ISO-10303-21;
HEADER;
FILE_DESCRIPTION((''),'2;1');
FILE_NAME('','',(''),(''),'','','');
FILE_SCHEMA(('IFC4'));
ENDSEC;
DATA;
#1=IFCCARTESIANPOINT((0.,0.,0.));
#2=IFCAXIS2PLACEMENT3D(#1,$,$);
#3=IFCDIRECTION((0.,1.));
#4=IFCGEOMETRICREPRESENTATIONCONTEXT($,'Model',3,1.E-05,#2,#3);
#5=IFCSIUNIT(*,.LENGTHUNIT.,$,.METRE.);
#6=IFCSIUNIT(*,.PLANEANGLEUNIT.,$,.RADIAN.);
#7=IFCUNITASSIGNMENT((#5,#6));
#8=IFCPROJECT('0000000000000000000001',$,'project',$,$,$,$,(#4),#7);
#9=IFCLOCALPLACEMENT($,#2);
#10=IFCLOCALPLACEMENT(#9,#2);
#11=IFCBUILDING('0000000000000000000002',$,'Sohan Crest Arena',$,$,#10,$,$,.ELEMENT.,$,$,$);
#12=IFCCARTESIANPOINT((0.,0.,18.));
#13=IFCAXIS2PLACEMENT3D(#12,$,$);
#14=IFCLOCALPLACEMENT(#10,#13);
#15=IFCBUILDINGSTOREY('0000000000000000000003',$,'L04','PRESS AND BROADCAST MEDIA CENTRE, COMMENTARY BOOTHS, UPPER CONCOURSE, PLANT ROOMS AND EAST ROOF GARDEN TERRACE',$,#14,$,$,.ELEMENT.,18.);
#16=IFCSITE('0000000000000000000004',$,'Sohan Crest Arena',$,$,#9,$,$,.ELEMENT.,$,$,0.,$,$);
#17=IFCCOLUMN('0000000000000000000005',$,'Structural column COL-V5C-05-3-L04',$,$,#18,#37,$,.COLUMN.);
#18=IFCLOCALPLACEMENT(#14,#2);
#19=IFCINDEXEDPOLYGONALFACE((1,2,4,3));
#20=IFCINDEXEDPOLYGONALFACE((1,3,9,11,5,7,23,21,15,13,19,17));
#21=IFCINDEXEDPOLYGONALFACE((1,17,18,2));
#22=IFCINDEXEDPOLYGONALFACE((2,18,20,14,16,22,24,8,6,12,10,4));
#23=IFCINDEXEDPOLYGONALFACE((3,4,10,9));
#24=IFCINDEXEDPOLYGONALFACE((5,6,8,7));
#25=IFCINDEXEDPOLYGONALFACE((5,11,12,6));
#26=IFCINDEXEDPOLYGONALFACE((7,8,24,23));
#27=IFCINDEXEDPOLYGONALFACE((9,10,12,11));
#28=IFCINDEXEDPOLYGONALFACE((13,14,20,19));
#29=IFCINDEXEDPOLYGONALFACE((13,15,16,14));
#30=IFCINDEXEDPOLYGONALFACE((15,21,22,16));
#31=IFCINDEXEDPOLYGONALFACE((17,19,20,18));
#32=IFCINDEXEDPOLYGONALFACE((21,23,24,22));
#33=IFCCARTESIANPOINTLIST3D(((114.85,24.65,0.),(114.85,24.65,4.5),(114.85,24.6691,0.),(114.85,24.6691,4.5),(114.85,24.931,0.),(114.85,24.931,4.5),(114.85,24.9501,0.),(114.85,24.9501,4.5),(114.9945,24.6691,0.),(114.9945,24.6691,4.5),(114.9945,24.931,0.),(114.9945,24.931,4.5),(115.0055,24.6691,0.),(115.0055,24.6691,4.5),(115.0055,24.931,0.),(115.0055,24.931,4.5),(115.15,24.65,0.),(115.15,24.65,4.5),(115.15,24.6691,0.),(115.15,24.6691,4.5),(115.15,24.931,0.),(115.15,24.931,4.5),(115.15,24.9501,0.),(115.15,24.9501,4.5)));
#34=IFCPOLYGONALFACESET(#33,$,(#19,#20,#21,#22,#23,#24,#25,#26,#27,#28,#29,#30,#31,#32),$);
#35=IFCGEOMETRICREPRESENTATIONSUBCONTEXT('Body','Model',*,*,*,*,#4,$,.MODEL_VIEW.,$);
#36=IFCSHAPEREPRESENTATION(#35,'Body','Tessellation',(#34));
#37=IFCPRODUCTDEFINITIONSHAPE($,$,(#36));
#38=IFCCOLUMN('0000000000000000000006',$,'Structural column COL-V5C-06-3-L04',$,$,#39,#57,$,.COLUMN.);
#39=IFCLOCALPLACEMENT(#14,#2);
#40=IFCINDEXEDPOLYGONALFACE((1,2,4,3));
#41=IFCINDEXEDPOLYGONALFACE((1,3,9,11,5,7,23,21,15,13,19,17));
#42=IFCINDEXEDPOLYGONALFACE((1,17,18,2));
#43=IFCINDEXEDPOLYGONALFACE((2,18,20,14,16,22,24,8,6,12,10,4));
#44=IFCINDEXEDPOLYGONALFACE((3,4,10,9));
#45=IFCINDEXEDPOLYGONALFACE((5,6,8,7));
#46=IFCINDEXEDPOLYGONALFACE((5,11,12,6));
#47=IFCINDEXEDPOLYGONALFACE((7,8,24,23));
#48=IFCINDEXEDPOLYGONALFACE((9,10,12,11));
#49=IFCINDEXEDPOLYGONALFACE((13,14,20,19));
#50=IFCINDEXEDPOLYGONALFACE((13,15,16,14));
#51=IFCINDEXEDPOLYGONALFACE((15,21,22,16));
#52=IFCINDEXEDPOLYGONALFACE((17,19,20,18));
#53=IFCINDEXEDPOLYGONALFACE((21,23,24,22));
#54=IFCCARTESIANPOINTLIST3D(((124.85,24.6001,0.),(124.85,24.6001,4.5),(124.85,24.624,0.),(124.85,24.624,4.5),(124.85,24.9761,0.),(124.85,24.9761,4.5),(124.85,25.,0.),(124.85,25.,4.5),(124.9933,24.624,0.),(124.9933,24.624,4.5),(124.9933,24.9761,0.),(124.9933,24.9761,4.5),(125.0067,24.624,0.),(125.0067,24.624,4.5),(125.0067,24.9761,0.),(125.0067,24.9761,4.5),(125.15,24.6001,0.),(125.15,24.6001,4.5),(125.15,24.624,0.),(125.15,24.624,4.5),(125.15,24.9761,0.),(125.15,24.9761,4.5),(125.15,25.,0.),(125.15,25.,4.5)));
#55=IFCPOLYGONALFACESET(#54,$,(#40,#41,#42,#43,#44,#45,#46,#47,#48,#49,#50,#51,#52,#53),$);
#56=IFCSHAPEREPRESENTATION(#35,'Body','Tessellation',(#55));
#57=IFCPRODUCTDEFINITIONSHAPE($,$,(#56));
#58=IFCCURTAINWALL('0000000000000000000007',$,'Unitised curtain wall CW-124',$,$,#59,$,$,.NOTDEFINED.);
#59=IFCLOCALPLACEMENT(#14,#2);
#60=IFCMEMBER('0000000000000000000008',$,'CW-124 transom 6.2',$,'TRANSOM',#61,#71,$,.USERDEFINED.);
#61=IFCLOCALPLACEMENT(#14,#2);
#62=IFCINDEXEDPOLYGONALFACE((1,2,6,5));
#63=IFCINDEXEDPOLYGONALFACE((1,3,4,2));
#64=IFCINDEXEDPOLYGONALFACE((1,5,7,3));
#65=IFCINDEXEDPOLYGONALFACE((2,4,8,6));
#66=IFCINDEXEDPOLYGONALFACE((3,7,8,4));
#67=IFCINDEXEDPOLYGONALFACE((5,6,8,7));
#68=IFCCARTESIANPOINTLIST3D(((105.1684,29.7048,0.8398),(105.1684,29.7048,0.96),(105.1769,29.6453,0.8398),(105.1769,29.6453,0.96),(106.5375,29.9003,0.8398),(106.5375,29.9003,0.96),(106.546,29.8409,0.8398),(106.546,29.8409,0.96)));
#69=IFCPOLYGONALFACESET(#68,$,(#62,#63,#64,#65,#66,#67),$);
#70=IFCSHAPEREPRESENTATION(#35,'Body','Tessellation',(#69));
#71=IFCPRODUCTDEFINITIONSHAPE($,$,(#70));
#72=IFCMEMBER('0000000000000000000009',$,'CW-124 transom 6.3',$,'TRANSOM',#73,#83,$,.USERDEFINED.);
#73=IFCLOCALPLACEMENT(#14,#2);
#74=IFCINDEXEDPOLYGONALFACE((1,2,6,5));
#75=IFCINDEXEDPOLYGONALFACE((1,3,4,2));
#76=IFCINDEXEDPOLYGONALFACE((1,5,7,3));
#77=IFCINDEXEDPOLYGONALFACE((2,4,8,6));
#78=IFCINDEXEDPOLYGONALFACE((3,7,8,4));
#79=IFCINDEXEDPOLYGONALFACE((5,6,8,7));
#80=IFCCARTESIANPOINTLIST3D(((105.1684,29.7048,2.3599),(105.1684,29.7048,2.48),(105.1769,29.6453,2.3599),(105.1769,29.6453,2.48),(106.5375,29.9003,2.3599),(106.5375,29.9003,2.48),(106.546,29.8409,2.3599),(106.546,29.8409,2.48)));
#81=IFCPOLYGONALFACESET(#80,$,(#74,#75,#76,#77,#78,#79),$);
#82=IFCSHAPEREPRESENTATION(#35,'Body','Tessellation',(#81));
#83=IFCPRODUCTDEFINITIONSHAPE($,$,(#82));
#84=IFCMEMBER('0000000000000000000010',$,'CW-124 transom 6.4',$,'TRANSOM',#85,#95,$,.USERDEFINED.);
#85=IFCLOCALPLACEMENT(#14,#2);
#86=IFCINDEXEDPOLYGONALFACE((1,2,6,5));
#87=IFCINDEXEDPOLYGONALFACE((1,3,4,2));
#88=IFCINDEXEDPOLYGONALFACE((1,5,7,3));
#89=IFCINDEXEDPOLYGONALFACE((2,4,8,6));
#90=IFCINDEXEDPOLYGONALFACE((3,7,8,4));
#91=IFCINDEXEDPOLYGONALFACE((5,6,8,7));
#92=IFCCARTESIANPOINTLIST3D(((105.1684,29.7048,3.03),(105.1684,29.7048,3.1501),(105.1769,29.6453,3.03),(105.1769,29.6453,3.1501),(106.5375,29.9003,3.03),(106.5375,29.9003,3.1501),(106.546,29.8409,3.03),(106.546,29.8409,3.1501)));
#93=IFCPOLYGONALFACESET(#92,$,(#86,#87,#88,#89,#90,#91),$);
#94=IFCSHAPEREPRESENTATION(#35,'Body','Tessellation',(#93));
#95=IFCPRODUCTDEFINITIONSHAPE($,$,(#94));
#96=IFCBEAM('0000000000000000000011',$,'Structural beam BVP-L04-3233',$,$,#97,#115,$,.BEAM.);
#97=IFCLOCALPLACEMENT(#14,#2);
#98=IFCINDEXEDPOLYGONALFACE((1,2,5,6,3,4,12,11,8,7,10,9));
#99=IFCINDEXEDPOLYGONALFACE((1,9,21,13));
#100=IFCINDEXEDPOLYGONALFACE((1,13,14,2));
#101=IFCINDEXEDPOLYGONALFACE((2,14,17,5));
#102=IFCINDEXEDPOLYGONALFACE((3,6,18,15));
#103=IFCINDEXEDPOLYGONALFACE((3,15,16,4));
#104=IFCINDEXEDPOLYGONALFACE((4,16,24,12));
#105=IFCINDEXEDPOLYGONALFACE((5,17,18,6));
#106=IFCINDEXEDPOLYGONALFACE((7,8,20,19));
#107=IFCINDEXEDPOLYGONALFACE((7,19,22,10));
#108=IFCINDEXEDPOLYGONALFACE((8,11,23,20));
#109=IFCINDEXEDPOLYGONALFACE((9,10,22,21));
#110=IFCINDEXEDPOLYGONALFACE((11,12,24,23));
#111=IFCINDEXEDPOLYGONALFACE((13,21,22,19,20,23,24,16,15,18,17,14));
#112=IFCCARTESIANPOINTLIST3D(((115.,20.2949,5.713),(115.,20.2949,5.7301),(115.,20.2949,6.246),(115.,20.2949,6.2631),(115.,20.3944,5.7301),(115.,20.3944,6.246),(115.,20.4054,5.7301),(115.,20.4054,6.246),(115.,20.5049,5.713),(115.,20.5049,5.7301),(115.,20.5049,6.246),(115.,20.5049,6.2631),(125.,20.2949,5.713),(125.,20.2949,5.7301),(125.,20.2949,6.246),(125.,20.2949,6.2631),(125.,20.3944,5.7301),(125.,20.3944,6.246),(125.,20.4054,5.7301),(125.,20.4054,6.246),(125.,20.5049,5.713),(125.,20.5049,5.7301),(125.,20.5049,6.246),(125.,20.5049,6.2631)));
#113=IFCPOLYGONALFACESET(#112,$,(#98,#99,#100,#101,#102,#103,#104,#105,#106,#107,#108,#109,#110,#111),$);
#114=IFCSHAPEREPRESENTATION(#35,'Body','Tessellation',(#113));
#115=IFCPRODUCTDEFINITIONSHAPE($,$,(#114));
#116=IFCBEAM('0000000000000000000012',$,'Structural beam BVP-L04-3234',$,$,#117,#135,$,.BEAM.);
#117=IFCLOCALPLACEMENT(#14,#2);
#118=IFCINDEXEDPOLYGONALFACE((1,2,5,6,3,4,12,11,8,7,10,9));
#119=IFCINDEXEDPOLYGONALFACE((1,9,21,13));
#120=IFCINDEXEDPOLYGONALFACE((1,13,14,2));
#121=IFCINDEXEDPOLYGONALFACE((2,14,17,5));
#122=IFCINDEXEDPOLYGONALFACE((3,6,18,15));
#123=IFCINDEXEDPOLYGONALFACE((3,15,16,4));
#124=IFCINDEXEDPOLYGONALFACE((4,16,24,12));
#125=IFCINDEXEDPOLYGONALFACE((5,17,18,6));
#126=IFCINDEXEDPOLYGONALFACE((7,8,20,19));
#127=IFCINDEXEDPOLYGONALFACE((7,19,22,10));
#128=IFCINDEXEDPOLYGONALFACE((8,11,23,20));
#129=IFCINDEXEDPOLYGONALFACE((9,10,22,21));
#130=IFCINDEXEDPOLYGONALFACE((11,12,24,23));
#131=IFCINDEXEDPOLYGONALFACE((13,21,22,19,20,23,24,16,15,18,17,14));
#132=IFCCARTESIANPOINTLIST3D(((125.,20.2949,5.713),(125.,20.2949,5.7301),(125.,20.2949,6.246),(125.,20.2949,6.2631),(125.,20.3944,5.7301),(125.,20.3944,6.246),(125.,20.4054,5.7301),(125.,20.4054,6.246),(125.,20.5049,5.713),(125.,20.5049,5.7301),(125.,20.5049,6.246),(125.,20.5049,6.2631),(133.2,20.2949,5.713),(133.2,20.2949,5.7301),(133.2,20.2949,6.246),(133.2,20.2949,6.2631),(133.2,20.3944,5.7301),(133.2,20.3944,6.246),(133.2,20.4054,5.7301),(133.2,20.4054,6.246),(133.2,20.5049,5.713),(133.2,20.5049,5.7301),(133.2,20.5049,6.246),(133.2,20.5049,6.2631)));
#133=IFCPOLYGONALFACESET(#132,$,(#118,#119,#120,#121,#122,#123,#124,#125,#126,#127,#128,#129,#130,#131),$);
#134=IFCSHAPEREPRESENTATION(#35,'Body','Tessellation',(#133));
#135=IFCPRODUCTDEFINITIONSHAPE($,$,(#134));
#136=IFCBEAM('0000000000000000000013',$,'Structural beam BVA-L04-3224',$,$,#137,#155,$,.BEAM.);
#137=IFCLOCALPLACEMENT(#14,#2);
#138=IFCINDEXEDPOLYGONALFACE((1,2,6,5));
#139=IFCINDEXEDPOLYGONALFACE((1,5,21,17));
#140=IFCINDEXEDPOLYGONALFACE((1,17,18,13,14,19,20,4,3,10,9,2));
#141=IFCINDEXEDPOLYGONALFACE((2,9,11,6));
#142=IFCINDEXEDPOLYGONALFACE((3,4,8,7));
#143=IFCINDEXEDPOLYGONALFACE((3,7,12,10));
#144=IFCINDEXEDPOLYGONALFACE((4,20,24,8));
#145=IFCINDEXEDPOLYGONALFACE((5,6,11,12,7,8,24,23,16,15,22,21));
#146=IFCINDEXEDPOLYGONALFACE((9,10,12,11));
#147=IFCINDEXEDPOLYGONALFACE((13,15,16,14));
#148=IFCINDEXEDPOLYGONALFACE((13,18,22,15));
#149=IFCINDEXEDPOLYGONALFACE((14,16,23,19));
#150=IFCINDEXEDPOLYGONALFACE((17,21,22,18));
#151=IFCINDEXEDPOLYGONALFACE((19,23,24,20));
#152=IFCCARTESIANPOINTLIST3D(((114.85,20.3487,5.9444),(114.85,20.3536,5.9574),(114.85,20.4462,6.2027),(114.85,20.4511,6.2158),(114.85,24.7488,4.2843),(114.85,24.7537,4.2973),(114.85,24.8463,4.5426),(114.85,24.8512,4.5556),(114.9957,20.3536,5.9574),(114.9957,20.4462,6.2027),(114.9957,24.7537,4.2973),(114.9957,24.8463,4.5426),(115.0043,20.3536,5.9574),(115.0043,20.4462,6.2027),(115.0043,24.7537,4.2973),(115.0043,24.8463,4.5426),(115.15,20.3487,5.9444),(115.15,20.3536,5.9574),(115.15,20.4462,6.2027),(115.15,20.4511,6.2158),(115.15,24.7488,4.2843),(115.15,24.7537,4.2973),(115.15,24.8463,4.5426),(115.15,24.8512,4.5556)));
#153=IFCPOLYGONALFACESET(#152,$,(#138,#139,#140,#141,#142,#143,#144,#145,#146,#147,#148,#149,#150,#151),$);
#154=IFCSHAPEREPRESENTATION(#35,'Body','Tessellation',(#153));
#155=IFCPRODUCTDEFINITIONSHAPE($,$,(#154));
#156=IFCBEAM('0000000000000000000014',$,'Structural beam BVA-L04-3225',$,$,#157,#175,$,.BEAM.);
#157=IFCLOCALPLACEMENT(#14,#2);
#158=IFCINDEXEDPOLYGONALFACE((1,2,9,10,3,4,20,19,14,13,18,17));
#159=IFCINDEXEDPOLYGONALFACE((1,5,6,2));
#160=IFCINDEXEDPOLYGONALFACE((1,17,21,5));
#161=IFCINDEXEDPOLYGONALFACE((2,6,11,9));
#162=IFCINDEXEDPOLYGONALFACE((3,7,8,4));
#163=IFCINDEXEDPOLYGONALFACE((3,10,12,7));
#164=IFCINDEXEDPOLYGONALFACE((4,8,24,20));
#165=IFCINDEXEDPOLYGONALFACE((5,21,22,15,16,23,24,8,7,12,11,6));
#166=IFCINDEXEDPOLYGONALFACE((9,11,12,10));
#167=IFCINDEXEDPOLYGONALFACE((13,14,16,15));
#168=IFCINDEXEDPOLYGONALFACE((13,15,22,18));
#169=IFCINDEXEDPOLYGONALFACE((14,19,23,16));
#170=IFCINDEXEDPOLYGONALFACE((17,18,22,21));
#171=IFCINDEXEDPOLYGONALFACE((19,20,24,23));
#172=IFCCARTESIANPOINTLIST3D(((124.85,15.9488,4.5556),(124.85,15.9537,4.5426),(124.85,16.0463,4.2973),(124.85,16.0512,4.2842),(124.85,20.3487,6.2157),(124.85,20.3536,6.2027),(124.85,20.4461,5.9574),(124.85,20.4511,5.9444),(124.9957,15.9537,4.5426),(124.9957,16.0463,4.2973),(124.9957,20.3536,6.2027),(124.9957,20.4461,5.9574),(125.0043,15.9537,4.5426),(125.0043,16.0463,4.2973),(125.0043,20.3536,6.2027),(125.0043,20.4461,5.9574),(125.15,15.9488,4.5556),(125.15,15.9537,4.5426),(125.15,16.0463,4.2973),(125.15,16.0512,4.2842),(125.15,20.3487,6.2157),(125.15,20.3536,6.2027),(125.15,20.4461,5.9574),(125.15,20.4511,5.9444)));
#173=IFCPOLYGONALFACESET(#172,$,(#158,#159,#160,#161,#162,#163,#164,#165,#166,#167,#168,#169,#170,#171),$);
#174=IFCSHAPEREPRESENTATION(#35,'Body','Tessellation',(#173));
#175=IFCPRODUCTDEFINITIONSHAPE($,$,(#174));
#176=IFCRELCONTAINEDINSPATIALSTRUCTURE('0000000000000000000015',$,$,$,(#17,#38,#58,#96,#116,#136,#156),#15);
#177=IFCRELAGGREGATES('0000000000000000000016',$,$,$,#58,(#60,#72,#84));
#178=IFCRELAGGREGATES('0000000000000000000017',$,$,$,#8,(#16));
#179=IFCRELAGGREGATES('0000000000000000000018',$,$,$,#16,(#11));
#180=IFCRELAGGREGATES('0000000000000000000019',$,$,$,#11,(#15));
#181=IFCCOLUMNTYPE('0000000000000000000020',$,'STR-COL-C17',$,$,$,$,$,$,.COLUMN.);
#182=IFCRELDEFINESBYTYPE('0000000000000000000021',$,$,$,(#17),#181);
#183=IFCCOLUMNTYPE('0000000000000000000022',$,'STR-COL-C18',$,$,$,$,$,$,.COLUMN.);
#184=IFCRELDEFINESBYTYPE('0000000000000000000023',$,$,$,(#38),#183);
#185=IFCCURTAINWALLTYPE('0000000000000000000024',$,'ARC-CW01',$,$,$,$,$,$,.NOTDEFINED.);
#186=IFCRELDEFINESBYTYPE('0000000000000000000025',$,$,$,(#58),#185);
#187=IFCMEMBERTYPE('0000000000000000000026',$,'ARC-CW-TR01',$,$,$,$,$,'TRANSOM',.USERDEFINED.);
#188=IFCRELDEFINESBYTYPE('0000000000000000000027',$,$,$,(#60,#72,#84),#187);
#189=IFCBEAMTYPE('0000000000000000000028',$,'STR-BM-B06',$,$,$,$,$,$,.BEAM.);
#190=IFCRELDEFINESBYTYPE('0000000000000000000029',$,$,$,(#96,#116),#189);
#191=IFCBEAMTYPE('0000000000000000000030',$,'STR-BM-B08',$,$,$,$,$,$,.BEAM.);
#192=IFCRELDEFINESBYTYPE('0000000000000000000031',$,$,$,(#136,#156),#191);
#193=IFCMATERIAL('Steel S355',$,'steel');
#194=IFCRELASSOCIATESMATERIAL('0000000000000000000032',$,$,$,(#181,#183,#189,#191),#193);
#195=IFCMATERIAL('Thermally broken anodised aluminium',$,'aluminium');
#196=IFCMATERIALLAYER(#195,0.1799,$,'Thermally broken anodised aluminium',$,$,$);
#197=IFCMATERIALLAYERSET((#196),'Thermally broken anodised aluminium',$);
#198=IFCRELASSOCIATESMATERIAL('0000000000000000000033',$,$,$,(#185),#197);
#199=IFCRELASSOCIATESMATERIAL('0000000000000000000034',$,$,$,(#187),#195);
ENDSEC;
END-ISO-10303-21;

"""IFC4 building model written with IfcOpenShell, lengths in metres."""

from ifc_helpers import new_model, si_unit, direction, frame, origin, origin_2d, place, context, subcontext, project, spatial, rectangle, i_section, extrude, material, layer, layer_set, material_profile, profile_set, type_object, element, aggregate, save


model = new_model("IFC4")

# Units and contexts
model_context = context("Model", 3, precision=1e-05, world=origin(), true_north=direction((0.0, 1.0)))
body_context = subcontext(model_context, "Body", "Model", "MODEL_VIEW")
ifc_project = project(units=[si_unit("LENGTHUNIT", "METRE"), si_unit("PLANEANGLEUNIT", "RADIAN")], contexts=[model_context])

# Site, building, storey
site_placement = place(None, origin())
site = spatial("IfcSite", under=ifc_project, at=site_placement, Name="Sohan Crest Arena", CompositionType="ELEMENT", RefElevation=0.0)
building_placement = place(site_placement, origin())
building = spatial("IfcBuilding", under=site, at=building_placement, Name="Sohan Crest Arena", CompositionType="ELEMENT")
storey_placement = place(building_placement, frame((0.0, 0.0, 18.0)))
storey = spatial("IfcBuildingStorey", under=building, at=storey_placement, Name="L04", Description="PRESS AND BROADCAST MEDIA CENTRE, COMMENTARY BOOTHS, UPPER CONCOURSE, PLANT ROOMS AND EAST ROOF GARDEN TERRACE", CompositionType="ELEMENT", Elevation=18.0)

# Columns
ifc_material_1 = material(Name="Steel S355", Category="steel")
ifc_material_profile_1 = material_profile(ifc_material_1, i_section(OverallWidth=0.3, OverallDepth=0.3, WebThickness=0.011, FlangeThickness=0.019, at=origin_2d()), Name="HEB 300")
ifc_profile_set_1 = profile_set([ifc_material_profile_1], Name="Steel S355")
column_type_1 = type_object("IfcColumnType", Name="STR-COL-C17", PredefinedType="COLUMN", material=ifc_profile_set_1)
column_1_placement = place(storey_placement, frame((115.0, 24.8, 0.0), z_axis=(0.0, 0.0, 1.0), x_axis=(1.0, 0.0, 0.0)))
element("IfcColumn", 1, at=column_1_placement, inside=storey, type_object=column_type_1, Name="Structural column COL-V5C-05-3-L04", PredefinedType="COLUMN", context=body_context, shape_type="SweptSolid", body=[
    extrude(i_section(OverallWidth=0.3, OverallDepth=0.3, WebThickness=0.011, FlangeThickness=0.019, at=origin_2d()), origin(), (0.0, 0.0, 1.0), 4.5),
])
ifc_material_profile_2 = material_profile(ifc_material_1, i_section(OverallWidth=0.3, OverallDepth=0.3999, WebThickness=0.0134, FlangeThickness=0.0239, at=origin_2d()), Name="HEB 400")
ifc_profile_set_2 = profile_set([ifc_material_profile_2], Name="Steel S355")
column_type_2 = type_object("IfcColumnType", Name="STR-COL-C18", PredefinedType="COLUMN", material=ifc_profile_set_2)
column_2_placement = place(storey_placement, frame((125.0, 24.8, 0.0), z_axis=(0.0, 0.0, 1.0), x_axis=(1.0, 0.0, 0.0)))
element("IfcColumn", 2, at=column_2_placement, inside=storey, type_object=column_type_2, Name="Structural column COL-V5C-06-3-L04", PredefinedType="COLUMN", context=body_context, shape_type="SweptSolid", body=[
    extrude(i_section(OverallWidth=0.3, OverallDepth=0.3999, WebThickness=0.0134, FlangeThickness=0.0239, at=origin_2d()), origin(), (0.0, 0.0, 1.0), 4.5),
])

# Curtain wall, members
ifc_material_2 = material(Name="Thermally broken anodised aluminium", Category="aluminium")
ifc_layer_1 = layer(ifc_material_2, 0.1799, Name="Thermally broken anodised aluminium")
ifc_layer_set_1 = layer_set([ifc_layer_1], Name="Thermally broken anodised aluminium")
curtain_wall_type = type_object("IfcCurtainWallType", Name="ARC-CW01", PredefinedType="NOTDEFINED", material=ifc_layer_set_1)
curtain_wall_placement = place(storey_placement, origin())
curtain_wall = element("IfcCurtainWall", 3, at=curtain_wall_placement, inside=storey, type_object=curtain_wall_type, Name="Unitised curtain wall CW-124", PredefinedType="NOTDEFINED")
ifc_material_profile_3 = material_profile(ifc_material_2, rectangle(XDim=0.0601, YDim=0.1201, at=origin_2d()), Name="ALU-TRAN 60x120")
ifc_profile_set_3 = profile_set([ifc_material_profile_3], Name="Thermally broken anodised aluminium")
member_type = type_object("IfcMemberType", Name="ARC-CW-TR01", ElementType="TRANSOM", PredefinedType="USERDEFINED", material=ifc_profile_set_3)
member_1_placement = place(storey_placement, frame((105.1726, 29.675, 0.8999), z_axis=(0.989953, 0.141397, 0.0), x_axis=(-0.141397, 0.989953, 0.0)))
member_1 = element("IfcMember", 4, at=member_1_placement, type_object=member_type, Name="CW-124 transom 6.2", ObjectType="TRANSOM", PredefinedType="USERDEFINED", context=body_context, shape_type="SweptSolid", body=[
    extrude(rectangle(XDim=0.0601, YDim=0.1201, at=origin_2d()), origin(), (0.0, 0.0, 1.0), 1.3831),
])
member_2_placement = place(storey_placement, frame((105.1726, 29.675, 2.4199), z_axis=(0.989953, 0.141397, 0.0), x_axis=(-0.141397, 0.989953, 0.0)))
member_2 = element("IfcMember", 5, at=member_2_placement, type_object=member_type, Name="CW-124 transom 6.3", ObjectType="TRANSOM", PredefinedType="USERDEFINED", context=body_context, shape_type="SweptSolid", body=[
    extrude(rectangle(XDim=0.0601, YDim=0.1201, at=origin_2d()), origin(), (0.0, 0.0, 1.0), 1.3831),
])
member_3_placement = place(storey_placement, frame((105.1726, 29.675, 3.0901), z_axis=(0.989953, 0.141397, 0.0), x_axis=(-0.141397, 0.989953, 0.0)))
member_3 = element("IfcMember", 6, at=member_3_placement, type_object=member_type, Name="CW-124 transom 6.4", ObjectType="TRANSOM", PredefinedType="USERDEFINED", context=body_context, shape_type="SweptSolid", body=[
    extrude(rectangle(XDim=0.0601, YDim=0.1201, at=origin_2d()), origin(), (0.0, 0.0, 1.0), 1.3831),
])

# Beams
ifc_material_profile_4 = material_profile(ifc_material_1, i_section(OverallWidth=0.21, OverallDepth=0.55, WebThickness=0.011, FlangeThickness=0.0171, at=origin_2d()), Name="IPE 550")
ifc_profile_set_4 = profile_set([ifc_material_profile_4], Name="Steel S355")
beam_type_1 = type_object("IfcBeamType", Name="STR-BM-B06", PredefinedType="BEAM", material=ifc_profile_set_4)
beam_1_placement = place(storey_placement, frame((115.0, 20.3999, 5.988), z_axis=(1.0, 0.0, 0.0), x_axis=(0.0, 1.0, 0.0)))
element("IfcBeam", 7, at=beam_1_placement, inside=storey, type_object=beam_type_1, Name="Structural beam BVP-L04-3233", PredefinedType="BEAM", context=body_context, shape_type="SweptSolid", body=[
    extrude(i_section(OverallWidth=0.21, OverallDepth=0.55, WebThickness=0.011, FlangeThickness=0.0171, at=origin_2d()), origin(), (0.0, 0.0, 1.0), 10.0),
])
beam_2_placement = place(storey_placement, frame((125.0, 20.3999, 5.988), z_axis=(1.0, 0.0, 0.0), x_axis=(0.0, 1.0, 0.0)))
element("IfcBeam", 8, at=beam_2_placement, inside=storey, type_object=beam_type_1, Name="Structural beam BVP-L04-3234", PredefinedType="BEAM", context=body_context, shape_type="SweptSolid", body=[
    extrude(i_section(OverallWidth=0.21, OverallDepth=0.55, WebThickness=0.011, FlangeThickness=0.0171, at=origin_2d()), origin(), (0.0, 0.0, 1.0), 8.2),
])
ifc_material_profile_5 = material_profile(ifc_material_1, i_section(OverallWidth=0.3, OverallDepth=0.29, WebThickness=0.0085, FlangeThickness=0.0139, at=origin_2d()), Name="HEA 300")
ifc_profile_set_5 = profile_set([ifc_material_profile_5], Name="Steel S355")
beam_type_2 = type_object("IfcBeamType", Name="STR-BM-B08", PredefinedType="BEAM", material=ifc_profile_set_5)
beam_3_placement = place(storey_placement, frame((115.0, 20.3999, 6.0801), z_axis=(0.0, 0.935621, -0.353006), x_axis=(-1.0, 0.0, 0.0)))
element("IfcBeam", 9, at=beam_3_placement, inside=storey, type_object=beam_type_2, Name="Structural beam BVA-L04-3224", PredefinedType="BEAM", context=body_context, shape_type="SweptSolid", body=[
    extrude(i_section(OverallWidth=0.3, OverallDepth=0.29, WebThickness=0.0085, FlangeThickness=0.0139, at=origin_2d()), origin(), (0.0, 0.0, 1.0), 4.7029),
])
beam_4_placement = place(storey_placement, frame((125.0, 16.0, 4.4199), z_axis=(0.0, 0.935615, 0.353023), x_axis=(-1.0, 0.0, 0.0)))
element("IfcBeam", 10, at=beam_4_placement, inside=storey, type_object=beam_type_2, Name="Structural beam BVA-L04-3225", PredefinedType="BEAM", context=body_context, shape_type="SweptSolid", body=[
    extrude(i_section(OverallWidth=0.3, OverallDepth=0.29, WebThickness=0.0085, FlangeThickness=0.0139, at=origin_2d()), origin(), (0.0, 0.0, 1.0), 4.7026),
])

aggregate(curtain_wall, [member_1, member_2, member_3])

save(model, "model.ifc")
